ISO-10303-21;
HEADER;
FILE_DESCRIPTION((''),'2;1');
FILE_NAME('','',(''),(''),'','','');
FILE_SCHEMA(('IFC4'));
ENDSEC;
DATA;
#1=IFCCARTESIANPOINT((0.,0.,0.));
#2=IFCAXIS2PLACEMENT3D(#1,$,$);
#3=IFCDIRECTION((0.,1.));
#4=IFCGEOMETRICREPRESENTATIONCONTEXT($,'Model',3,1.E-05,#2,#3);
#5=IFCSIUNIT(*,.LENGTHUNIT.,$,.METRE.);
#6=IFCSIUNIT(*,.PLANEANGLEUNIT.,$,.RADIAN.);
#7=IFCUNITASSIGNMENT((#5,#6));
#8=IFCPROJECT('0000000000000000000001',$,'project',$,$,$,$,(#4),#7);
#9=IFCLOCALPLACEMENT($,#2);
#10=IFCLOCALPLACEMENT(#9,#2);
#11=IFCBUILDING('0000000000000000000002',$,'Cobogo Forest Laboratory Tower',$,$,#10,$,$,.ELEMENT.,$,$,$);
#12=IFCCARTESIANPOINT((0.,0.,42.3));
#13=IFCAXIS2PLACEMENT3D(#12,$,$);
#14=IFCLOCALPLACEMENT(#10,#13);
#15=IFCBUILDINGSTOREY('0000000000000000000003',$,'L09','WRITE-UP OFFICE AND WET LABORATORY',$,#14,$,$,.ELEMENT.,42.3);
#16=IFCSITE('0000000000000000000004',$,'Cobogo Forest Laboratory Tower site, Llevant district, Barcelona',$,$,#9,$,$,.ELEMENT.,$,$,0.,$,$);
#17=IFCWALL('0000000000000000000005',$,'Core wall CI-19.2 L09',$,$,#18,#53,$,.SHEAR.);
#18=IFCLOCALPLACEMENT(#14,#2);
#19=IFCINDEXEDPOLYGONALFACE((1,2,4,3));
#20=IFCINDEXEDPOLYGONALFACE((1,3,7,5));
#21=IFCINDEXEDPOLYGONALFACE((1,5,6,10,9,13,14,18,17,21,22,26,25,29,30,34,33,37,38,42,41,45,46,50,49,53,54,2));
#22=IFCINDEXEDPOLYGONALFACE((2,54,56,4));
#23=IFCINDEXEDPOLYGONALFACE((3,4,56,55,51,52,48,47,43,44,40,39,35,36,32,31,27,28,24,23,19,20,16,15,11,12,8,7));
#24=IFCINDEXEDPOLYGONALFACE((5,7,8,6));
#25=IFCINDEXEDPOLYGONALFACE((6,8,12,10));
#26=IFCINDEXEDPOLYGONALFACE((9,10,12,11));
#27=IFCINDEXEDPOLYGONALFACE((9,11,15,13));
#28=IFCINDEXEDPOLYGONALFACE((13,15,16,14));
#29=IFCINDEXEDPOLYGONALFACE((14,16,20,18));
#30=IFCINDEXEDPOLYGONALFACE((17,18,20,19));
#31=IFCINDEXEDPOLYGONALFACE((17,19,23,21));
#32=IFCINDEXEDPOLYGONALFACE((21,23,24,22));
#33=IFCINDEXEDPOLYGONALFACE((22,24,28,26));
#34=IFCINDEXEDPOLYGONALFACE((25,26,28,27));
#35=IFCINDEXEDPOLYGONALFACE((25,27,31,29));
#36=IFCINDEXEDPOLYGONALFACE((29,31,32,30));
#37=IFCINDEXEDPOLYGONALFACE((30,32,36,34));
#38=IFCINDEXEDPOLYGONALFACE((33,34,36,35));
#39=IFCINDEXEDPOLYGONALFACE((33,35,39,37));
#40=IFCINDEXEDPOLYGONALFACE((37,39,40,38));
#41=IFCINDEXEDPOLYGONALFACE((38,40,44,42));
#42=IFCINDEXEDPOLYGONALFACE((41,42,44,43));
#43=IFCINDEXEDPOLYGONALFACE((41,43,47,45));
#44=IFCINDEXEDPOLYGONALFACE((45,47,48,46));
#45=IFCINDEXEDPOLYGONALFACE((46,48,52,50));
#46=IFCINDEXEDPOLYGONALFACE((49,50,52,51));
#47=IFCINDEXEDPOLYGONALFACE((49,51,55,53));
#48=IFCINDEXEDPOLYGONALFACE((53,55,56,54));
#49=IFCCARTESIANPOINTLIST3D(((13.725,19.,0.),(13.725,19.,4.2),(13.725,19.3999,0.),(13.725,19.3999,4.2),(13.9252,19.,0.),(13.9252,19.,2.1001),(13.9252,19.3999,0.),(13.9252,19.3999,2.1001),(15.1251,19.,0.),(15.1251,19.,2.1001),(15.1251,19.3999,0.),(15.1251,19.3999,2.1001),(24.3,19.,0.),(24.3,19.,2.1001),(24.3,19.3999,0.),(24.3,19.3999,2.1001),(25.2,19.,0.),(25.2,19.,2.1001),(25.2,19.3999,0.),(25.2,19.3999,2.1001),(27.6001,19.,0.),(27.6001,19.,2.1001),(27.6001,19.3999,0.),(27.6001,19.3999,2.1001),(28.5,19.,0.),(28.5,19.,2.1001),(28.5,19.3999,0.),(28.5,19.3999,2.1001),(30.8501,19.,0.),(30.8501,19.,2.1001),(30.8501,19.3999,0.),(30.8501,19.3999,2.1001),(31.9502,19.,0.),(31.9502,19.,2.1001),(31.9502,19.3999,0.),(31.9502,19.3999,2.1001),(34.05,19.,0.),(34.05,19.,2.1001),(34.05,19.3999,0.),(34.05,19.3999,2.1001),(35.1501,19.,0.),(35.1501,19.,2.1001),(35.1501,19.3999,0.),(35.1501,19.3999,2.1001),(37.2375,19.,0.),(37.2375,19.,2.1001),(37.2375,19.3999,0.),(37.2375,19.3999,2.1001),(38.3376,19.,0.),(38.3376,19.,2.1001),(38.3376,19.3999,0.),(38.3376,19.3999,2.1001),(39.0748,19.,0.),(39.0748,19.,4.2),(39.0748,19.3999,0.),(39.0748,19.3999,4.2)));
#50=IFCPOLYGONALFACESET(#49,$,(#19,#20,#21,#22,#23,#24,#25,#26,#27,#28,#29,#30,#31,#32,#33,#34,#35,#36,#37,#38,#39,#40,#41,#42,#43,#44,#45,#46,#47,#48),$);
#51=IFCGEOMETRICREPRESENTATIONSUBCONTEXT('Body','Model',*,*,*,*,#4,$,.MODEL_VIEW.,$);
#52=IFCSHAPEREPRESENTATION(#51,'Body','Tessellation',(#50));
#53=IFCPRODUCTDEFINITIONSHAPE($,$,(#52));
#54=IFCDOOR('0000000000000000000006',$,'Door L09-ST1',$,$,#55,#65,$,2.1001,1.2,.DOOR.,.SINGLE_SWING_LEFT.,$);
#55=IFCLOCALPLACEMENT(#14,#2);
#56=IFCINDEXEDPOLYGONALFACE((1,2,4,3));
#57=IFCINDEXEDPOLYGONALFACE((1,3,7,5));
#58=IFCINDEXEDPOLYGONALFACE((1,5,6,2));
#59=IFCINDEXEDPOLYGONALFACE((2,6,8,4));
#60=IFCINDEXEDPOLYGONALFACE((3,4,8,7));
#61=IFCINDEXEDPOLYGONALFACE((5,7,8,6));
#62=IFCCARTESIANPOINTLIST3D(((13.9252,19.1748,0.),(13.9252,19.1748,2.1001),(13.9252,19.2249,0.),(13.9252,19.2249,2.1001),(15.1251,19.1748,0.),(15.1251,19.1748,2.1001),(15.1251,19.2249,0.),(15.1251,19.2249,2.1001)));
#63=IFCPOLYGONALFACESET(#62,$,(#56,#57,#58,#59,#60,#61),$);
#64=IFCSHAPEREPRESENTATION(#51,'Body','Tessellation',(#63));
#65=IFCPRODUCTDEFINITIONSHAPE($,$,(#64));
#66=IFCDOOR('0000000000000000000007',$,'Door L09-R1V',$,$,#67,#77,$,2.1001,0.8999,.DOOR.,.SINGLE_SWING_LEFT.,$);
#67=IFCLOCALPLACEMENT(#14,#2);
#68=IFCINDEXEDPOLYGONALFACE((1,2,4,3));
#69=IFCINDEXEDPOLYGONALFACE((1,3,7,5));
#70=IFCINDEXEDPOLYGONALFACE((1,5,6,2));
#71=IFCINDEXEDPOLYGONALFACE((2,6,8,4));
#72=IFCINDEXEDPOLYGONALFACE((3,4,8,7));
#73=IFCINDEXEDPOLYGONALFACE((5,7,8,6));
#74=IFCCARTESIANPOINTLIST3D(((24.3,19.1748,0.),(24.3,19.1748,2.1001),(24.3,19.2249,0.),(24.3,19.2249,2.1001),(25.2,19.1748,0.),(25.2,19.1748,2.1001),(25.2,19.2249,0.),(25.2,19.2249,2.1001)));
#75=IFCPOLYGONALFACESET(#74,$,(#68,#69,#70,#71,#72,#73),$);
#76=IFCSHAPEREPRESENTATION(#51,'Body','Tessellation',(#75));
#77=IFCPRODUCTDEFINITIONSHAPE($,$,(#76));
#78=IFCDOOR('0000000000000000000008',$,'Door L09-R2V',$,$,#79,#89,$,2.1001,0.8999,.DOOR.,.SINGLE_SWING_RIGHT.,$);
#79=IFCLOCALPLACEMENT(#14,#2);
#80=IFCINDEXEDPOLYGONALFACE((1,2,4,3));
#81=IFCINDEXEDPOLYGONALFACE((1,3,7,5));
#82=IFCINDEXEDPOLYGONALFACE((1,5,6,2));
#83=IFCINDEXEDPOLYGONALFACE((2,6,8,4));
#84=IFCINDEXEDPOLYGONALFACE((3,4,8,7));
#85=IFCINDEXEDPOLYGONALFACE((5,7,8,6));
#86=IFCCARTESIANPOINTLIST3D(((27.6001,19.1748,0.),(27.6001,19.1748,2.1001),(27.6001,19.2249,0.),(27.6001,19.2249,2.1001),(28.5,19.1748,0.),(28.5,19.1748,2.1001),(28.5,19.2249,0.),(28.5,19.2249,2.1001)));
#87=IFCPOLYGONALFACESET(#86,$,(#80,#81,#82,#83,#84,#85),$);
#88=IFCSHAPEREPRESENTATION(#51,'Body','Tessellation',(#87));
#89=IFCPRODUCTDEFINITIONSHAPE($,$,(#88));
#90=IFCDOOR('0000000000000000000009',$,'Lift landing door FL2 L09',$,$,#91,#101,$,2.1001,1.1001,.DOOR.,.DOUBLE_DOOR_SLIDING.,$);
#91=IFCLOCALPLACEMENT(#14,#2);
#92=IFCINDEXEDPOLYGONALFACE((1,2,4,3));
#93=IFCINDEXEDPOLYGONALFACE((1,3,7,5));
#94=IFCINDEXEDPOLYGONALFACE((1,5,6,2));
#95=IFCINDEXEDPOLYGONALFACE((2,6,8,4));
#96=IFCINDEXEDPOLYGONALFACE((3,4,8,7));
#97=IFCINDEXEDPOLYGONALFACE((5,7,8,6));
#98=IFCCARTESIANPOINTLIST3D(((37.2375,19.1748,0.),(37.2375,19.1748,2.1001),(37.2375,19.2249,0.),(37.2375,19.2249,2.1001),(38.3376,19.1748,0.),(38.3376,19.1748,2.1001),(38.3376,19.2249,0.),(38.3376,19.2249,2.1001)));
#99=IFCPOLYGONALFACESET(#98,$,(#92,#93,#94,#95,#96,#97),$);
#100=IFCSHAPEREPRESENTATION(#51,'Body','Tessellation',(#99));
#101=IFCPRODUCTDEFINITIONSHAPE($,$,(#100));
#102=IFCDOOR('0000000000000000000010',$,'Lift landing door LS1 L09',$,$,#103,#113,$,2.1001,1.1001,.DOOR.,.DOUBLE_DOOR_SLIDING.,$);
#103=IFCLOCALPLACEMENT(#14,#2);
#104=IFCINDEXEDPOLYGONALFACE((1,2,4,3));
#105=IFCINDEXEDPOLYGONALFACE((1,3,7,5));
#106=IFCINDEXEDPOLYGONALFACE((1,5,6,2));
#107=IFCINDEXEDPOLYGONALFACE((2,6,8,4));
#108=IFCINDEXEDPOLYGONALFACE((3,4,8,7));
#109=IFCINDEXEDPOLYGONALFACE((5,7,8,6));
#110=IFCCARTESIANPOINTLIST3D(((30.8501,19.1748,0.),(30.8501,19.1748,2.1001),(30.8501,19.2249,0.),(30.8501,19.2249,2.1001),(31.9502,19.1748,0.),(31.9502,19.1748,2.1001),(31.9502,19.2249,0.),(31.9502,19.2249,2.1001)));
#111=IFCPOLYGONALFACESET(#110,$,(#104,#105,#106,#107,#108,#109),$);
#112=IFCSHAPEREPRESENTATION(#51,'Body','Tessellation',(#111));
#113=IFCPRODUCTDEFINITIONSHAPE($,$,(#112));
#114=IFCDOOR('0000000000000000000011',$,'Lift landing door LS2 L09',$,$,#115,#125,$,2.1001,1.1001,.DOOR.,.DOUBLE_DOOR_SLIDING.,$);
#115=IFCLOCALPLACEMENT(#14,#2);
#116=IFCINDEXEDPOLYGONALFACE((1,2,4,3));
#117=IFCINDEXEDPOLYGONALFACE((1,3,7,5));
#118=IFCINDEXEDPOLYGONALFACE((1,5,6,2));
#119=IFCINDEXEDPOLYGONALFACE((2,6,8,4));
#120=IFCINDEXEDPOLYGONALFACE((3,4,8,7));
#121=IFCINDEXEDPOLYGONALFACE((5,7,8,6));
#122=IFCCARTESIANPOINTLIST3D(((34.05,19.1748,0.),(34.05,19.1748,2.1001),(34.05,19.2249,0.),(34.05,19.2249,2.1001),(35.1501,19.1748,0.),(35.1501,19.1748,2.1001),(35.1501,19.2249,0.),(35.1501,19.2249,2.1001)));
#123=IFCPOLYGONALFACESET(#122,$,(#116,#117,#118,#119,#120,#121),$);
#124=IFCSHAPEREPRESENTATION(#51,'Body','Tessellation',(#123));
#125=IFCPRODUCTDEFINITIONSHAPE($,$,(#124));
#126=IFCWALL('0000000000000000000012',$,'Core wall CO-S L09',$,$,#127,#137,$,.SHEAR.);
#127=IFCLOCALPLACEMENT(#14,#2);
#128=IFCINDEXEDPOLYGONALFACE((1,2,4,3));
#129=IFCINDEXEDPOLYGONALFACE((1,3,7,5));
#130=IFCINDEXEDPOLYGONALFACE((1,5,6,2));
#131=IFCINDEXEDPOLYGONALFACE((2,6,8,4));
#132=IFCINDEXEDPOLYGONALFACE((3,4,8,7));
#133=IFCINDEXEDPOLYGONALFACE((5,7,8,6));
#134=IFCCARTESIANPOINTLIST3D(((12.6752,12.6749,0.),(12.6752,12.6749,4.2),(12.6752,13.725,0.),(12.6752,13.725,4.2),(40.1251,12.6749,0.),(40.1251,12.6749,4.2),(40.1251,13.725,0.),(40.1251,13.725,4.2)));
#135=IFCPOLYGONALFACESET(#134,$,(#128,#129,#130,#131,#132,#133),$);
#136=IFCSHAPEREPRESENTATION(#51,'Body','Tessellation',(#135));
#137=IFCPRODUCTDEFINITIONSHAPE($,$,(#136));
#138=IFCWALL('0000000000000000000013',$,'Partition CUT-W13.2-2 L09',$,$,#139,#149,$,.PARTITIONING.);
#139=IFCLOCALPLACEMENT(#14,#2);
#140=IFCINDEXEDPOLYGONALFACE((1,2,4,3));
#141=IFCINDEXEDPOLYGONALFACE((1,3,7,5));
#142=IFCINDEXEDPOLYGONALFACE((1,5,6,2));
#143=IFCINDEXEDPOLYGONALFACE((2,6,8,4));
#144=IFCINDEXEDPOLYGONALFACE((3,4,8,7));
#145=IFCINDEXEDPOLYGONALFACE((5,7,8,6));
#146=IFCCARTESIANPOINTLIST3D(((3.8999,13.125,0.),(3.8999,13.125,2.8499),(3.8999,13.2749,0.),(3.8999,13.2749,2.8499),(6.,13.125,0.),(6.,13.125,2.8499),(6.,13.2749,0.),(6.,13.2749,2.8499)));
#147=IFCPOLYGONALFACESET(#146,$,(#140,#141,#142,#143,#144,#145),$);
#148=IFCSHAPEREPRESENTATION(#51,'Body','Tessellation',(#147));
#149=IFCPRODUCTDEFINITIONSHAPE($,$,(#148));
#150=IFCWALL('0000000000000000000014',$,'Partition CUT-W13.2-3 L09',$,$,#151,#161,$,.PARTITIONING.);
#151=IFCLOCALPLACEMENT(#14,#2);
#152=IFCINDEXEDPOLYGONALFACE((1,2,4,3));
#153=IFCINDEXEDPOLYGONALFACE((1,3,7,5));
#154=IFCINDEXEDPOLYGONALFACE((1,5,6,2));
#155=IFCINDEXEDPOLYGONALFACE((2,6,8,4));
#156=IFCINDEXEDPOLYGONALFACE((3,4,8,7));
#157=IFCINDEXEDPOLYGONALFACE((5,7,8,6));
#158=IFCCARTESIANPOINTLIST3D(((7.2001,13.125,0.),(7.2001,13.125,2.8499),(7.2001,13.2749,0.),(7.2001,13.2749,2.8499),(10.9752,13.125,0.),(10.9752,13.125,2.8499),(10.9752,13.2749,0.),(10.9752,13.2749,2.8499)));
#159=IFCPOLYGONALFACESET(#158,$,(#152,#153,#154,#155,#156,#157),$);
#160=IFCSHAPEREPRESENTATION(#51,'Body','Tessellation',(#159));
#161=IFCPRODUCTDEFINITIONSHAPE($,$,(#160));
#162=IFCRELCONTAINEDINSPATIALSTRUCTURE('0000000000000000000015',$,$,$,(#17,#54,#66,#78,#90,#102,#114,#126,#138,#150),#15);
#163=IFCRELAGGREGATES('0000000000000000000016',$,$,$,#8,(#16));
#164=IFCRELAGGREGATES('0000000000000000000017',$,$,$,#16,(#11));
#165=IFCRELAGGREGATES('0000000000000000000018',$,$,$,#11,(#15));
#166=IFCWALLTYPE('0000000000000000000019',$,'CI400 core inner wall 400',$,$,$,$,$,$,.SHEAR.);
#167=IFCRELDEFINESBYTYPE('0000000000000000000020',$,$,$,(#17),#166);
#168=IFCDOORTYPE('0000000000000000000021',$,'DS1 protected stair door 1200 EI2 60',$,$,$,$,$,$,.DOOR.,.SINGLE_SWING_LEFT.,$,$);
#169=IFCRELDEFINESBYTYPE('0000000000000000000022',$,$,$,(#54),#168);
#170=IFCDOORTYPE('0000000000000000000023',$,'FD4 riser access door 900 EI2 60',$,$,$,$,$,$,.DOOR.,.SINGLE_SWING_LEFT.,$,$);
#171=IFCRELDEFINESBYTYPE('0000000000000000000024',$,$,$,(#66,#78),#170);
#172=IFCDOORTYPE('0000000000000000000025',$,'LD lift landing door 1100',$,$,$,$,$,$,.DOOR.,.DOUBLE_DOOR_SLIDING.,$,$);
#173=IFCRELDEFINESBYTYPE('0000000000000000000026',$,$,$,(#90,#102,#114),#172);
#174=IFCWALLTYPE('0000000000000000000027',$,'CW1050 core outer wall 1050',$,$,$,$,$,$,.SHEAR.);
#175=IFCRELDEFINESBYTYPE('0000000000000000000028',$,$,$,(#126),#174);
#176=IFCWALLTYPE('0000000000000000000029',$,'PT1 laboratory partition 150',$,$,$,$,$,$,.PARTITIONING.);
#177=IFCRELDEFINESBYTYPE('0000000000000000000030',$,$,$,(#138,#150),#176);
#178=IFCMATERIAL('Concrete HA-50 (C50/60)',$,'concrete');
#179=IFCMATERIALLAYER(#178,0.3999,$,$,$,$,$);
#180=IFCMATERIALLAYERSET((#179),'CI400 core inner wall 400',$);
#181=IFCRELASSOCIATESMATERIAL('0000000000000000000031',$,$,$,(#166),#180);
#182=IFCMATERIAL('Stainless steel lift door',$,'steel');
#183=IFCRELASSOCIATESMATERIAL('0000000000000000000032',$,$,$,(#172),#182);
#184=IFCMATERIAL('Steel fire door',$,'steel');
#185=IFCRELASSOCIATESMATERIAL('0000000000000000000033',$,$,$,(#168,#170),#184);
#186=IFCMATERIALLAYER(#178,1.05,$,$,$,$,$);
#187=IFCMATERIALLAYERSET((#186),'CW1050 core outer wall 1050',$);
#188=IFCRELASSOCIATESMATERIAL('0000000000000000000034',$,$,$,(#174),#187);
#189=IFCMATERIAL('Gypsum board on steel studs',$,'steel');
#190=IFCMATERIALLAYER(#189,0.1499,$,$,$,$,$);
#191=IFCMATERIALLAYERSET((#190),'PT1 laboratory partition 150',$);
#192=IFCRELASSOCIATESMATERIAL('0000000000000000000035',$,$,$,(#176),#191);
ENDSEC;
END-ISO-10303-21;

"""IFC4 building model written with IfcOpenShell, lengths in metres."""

from ifc_helpers import new_model, si_unit, direction, frame, frame_2d, origin, place, context, subcontext, project, spatial, rectangle, extrude, material, layer, layer_set, type_object, element, fill, save


model = new_model("IFC4")

# Units and contexts
model_context = context("Model", 3, precision=1e-05, world=origin(), true_north=direction((0.0, 1.0)))
body_context = subcontext(model_context, "Body", "Model", "MODEL_VIEW")
ifc_project = project(units=[si_unit("LENGTHUNIT", "METRE"), si_unit("PLANEANGLEUNIT", "RADIAN")], contexts=[model_context])

# Site, building, storey
site_placement = place(None, origin())
site = spatial("IfcSite", under=ifc_project, at=site_placement, Name="Cobogo Forest Laboratory Tower site, Llevant district, Barcelona", CompositionType="ELEMENT", RefElevation=0.0)
building_placement = place(site_placement, origin())
building = spatial("IfcBuilding", under=site, at=building_placement, Name="Cobogo Forest Laboratory Tower", CompositionType="ELEMENT")
storey_placement = place(building_placement, frame((0.0, 0.0, 42.3)))
storey = spatial("IfcBuildingStorey", under=building, at=storey_placement, Name="L09", Description="WRITE-UP OFFICE AND WET LABORATORY", CompositionType="ELEMENT", Elevation=42.3)

# Shared definitions
ifc_material_1 = material(Name="Concrete HA-50 (C50/60)", Category="concrete")

# Wall, openings, doors
ifc_layer_1 = layer(ifc_material_1, 0.3999)
ifc_layer_set_1 = layer_set([ifc_layer_1], Name="CI400 core inner wall 400")
wall_type_1 = type_object("IfcWallType", Name="CI400 core inner wall 400", PredefinedType="SHEAR", material=ifc_layer_set_1)
ifc_material_2 = material(Name="Stainless steel lift door", Category="steel")
door_type_1 = type_object("IfcDoorType", Name="LD lift landing door 1100", OperationType="DOUBLE_DOOR_SLIDING", PredefinedType="DOOR", material=ifc_material_2)
wall_1_placement = place(storey_placement, frame((13.7251, 19.2, 0.0), z_axis=(0.0, 0.0, 1.0), x_axis=(1.0, 0.0, 0.0)))
wall_1 = element("IfcWall", 1, at=wall_1_placement, inside=storey, type_object=wall_type_1, Name="Core wall CI-19.2 L09", PredefinedType="SHEAR", context=body_context, shape_type="SweptSolid", body=[
    extrude(rectangle(XDim=25.3499, YDim=0.3999, at=frame_2d((12.6748, 0.0))), origin(), (0.0, 0.0, 1.0), 4.2),
])
opening_1_placement = place(wall_1_placement, frame((10.575, 0.0, 0.0)))
opening_1 = element("IfcOpeningElement", 2, at=opening_1_placement, cuts=wall_1, PredefinedType="OPENING", context=body_context, shape_type="SweptSolid", body=[
    extrude(rectangle(XDim=0.8999, YDim=2.1001, at=frame_2d((0.45, 1.05))), frame((0.0, 0.21, 0.0), z_axis=(0.0, -1.0, 0.0), x_axis=(1.0, 0.0, 0.0)), (0.0, 0.0, 1.0), 0.4199),
])
opening_2_placement = place(wall_1_placement, frame((13.875, 0.0, 0.0)))
opening_2 = element("IfcOpeningElement", 3, at=opening_2_placement, cuts=wall_1, PredefinedType="OPENING", context=body_context, shape_type="SweptSolid", body=[
    extrude(rectangle(XDim=0.8999, YDim=2.1001, at=frame_2d((0.45, 1.05))), frame((0.0, 0.21, 0.0), z_axis=(0.0, -1.0, 0.0), x_axis=(1.0, 0.0, 0.0)), (0.0, 0.0, 1.0), 0.4199),
])
opening_3_placement = place(wall_1_placement, frame((0.2, 0.0, 0.0)))
opening_3 = element("IfcOpeningElement", 4, at=opening_3_placement, cuts=wall_1, PredefinedType="OPENING", context=body_context, shape_type="SweptSolid", body=[
    extrude(rectangle(XDim=1.2, YDim=2.1001, at=frame_2d((0.6001, 1.05))), frame((0.0, 0.21, 0.0), z_axis=(0.0, -1.0, 0.0), x_axis=(1.0, 0.0, 0.0)), (0.0, 0.0, 1.0), 0.4199),
])
opening_4_placement = place(wall_1_placement, frame((23.5125, 0.0, 0.0)))
opening_4 = element("IfcOpeningElement", 5, at=opening_4_placement, cuts=wall_1, PredefinedType="OPENING", context=body_context, shape_type="SweptSolid", body=[
    extrude(rectangle(XDim=1.1001, YDim=2.1001, at=frame_2d((0.55, 1.05))), frame((0.0, 0.21, 0.0), z_axis=(0.0, -1.0, 0.0), x_axis=(1.0, 0.0, 0.0)), (0.0, 0.0, 1.0), 0.4199),
])
opening_5_placement = place(wall_1_placement, frame((17.125, 0.0, 0.0)))
opening_5 = element("IfcOpeningElement", 6, at=opening_5_placement, cuts=wall_1, PredefinedType="OPENING", context=body_context, shape_type="SweptSolid", body=[
    extrude(rectangle(XDim=1.1001, YDim=2.1001, at=frame_2d((0.55, 1.05))), frame((0.0, 0.21, 0.0), z_axis=(0.0, -1.0, 0.0), x_axis=(1.0, 0.0, 0.0)), (0.0, 0.0, 1.0), 0.4199),
])
opening_6_placement = place(wall_1_placement, frame((20.325, 0.0, 0.0)))
opening_6 = element("IfcOpeningElement", 7, at=opening_6_placement, cuts=wall_1, PredefinedType="OPENING", context=body_context, shape_type="SweptSolid", body=[
    extrude(rectangle(XDim=1.1001, YDim=2.1001, at=frame_2d((0.55, 1.05))), frame((0.0, 0.21, 0.0), z_axis=(0.0, -1.0, 0.0), x_axis=(1.0, 0.0, 0.0)), (0.0, 0.0, 1.0), 0.4199),
])
ifc_material_3 = material(Name="Steel fire door", Category="steel")
door_type_2 = type_object("IfcDoorType", Name="DS1 protected stair door 1200 EI2 60", OperationType="SINGLE_SWING_LEFT", PredefinedType="DOOR", material=ifc_material_3)
door_1_placement = place(opening_3_placement, origin())
door_1 = element("IfcDoor", 8, at=door_1_placement, inside=storey, type_object=door_type_2, Name="Door L09-ST1", OperationType="SINGLE_SWING_LEFT", OverallHeight=2.1001, OverallWidth=1.2, PredefinedType="DOOR", context=body_context, shape_type="SweptSolid", body=[
    extrude(rectangle(XDim=1.2, YDim=2.1001, at=frame_2d((0.6001, 1.05))), frame((0.0, 0.0249, 0.0), z_axis=(0.0, -1.0, 0.0), x_axis=(1.0, 0.0, 0.0)), (0.0, 0.0, 1.0), 0.05),
])
fill(opening_3, door_1)
door_type_3 = type_object("IfcDoorType", Name="FD4 riser access door 900 EI2 60", OperationType="SINGLE_SWING_LEFT", PredefinedType="DOOR", material=ifc_material_3)
door_2_placement = place(opening_1_placement, origin())
door_2 = element("IfcDoor", 9, at=door_2_placement, inside=storey, type_object=door_type_3, Name="Door L09-R1V", OperationType="SINGLE_SWING_LEFT", OverallHeight=2.1001, OverallWidth=0.8999, PredefinedType="DOOR", context=body_context, shape_type="SweptSolid", body=[
    extrude(rectangle(XDim=0.8999, YDim=2.1001, at=frame_2d((0.45, 1.05))), frame((0.0, 0.0249, 0.0), z_axis=(0.0, -1.0, 0.0), x_axis=(1.0, 0.0, 0.0)), (0.0, 0.0, 1.0), 0.05),
])
fill(opening_1, door_2)
door_3_placement = place(opening_2_placement, origin())
door_3 = element("IfcDoor", 10, at=door_3_placement, inside=storey, type_object=door_type_3, Name="Door L09-R2V", OperationType="SINGLE_SWING_RIGHT", OverallHeight=2.1001, OverallWidth=0.8999, PredefinedType="DOOR", context=body_context, shape_type="SweptSolid", body=[
    extrude(rectangle(XDim=0.8999, YDim=2.1001, at=frame_2d((0.45, 1.05))), frame((0.0, 0.0249, 0.0), z_axis=(0.0, -1.0, 0.0), x_axis=(1.0, 0.0, 0.0)), (0.0, 0.0, 1.0), 0.05),
])
fill(opening_2, door_3)
door_4_placement = place(opening_4_placement, origin())
door_4 = element("IfcDoor", 11, at=door_4_placement, inside=storey, type_object=door_type_1, Name="Lift landing door FL2 L09", OperationType="DOUBLE_DOOR_SLIDING", OverallHeight=2.1001, OverallWidth=1.1001, PredefinedType="DOOR", context=body_context, shape_type="SweptSolid", body=[
    extrude(rectangle(XDim=1.1001, YDim=2.1001, at=frame_2d((0.55, 1.05))), frame((0.0, 0.0249, 0.0), z_axis=(0.0, -1.0, 0.0), x_axis=(1.0, 0.0, 0.0)), (0.0, 0.0, 1.0), 0.05),
])
fill(opening_4, door_4)
door_5_placement = place(opening_5_placement, origin())
door_5 = element("IfcDoor", 12, at=door_5_placement, inside=storey, type_object=door_type_1, Name="Lift landing door LS1 L09", OperationType="DOUBLE_DOOR_SLIDING", OverallHeight=2.1001, OverallWidth=1.1001, PredefinedType="DOOR", context=body_context, shape_type="SweptSolid", body=[
    extrude(rectangle(XDim=1.1001, YDim=2.1001, at=frame_2d((0.55, 1.05))), frame((0.0, 0.0249, 0.0), z_axis=(0.0, -1.0, 0.0), x_axis=(1.0, 0.0, 0.0)), (0.0, 0.0, 1.0), 0.05),
])
fill(opening_5, door_5)
door_6_placement = place(opening_6_placement, origin())
door_6 = element("IfcDoor", 13, at=door_6_placement, inside=storey, type_object=door_type_1, Name="Lift landing door LS2 L09", OperationType="DOUBLE_DOOR_SLIDING", OverallHeight=2.1001, OverallWidth=1.1001, PredefinedType="DOOR", context=body_context, shape_type="SweptSolid", body=[
    extrude(rectangle(XDim=1.1001, YDim=2.1001, at=frame_2d((0.55, 1.05))), frame((0.0, 0.0249, 0.0), z_axis=(0.0, -1.0, 0.0), x_axis=(1.0, 0.0, 0.0)), (0.0, 0.0, 1.0), 0.05),
])
fill(opening_6, door_6)

# Walls
ifc_layer_2 = layer(ifc_material_1, 1.05)
ifc_layer_set_2 = layer_set([ifc_layer_2], Name="CW1050 core outer wall 1050")
wall_type_2 = type_object("IfcWallType", Name="CW1050 core outer wall 1050", PredefinedType="SHEAR", material=ifc_layer_set_2)
wall_2_placement = place(storey_placement, frame((12.675, 13.2, 0.0), z_axis=(0.0, 0.0, 1.0), x_axis=(1.0, 0.0, 0.0)))
element("IfcWall", 14, at=wall_2_placement, inside=storey, type_object=wall_type_2, Name="Core wall CO-S L09", PredefinedType="SHEAR", context=body_context, shape_type="SweptSolid", body=[
    extrude(rectangle(XDim=27.45, YDim=1.05, at=frame_2d((13.7251, 0.0))), origin(), (0.0, 0.0, 1.0), 4.2),
])
ifc_material_4 = material(Name="Gypsum board on steel studs", Category="steel")
ifc_layer_3 = layer(ifc_material_4, 0.1499)
ifc_layer_set_3 = layer_set([ifc_layer_3], Name="PT1 laboratory partition 150")
wall_type_3 = type_object("IfcWallType", Name="PT1 laboratory partition 150", PredefinedType="PARTITIONING", material=ifc_layer_set_3)
wall_3_placement = place(storey_placement, frame((3.8999, 13.2, 0.0), z_axis=(0.0, 0.0, 1.0), x_axis=(1.0, 0.0, 0.0)))
element("IfcWall", 15, at=wall_3_placement, inside=storey, type_object=wall_type_3, Name="Partition CUT-W13.2-2 L09", PredefinedType="PARTITIONING", context=body_context, shape_type="SweptSolid", body=[
    extrude(rectangle(XDim=2.1001, YDim=0.1499, at=frame_2d((1.05, 0.0))), origin(), (0.0, 0.0, 1.0), 2.8499),
])
wall_4_placement = place(storey_placement, frame((7.2, 13.2, 0.0), z_axis=(0.0, 0.0, 1.0), x_axis=(1.0, 0.0, 0.0)))
element("IfcWall", 16, at=wall_4_placement, inside=storey, type_object=wall_type_3, Name="Partition CUT-W13.2-3 L09", PredefinedType="PARTITIONING", context=body_context, shape_type="SweptSolid", body=[
    extrude(rectangle(XDim=3.7751, YDim=0.1499, at=frame_2d((1.8877, 0.0))), origin(), (0.0, 0.0, 1.0), 2.8499),
])

save(model, "model.ifc")
